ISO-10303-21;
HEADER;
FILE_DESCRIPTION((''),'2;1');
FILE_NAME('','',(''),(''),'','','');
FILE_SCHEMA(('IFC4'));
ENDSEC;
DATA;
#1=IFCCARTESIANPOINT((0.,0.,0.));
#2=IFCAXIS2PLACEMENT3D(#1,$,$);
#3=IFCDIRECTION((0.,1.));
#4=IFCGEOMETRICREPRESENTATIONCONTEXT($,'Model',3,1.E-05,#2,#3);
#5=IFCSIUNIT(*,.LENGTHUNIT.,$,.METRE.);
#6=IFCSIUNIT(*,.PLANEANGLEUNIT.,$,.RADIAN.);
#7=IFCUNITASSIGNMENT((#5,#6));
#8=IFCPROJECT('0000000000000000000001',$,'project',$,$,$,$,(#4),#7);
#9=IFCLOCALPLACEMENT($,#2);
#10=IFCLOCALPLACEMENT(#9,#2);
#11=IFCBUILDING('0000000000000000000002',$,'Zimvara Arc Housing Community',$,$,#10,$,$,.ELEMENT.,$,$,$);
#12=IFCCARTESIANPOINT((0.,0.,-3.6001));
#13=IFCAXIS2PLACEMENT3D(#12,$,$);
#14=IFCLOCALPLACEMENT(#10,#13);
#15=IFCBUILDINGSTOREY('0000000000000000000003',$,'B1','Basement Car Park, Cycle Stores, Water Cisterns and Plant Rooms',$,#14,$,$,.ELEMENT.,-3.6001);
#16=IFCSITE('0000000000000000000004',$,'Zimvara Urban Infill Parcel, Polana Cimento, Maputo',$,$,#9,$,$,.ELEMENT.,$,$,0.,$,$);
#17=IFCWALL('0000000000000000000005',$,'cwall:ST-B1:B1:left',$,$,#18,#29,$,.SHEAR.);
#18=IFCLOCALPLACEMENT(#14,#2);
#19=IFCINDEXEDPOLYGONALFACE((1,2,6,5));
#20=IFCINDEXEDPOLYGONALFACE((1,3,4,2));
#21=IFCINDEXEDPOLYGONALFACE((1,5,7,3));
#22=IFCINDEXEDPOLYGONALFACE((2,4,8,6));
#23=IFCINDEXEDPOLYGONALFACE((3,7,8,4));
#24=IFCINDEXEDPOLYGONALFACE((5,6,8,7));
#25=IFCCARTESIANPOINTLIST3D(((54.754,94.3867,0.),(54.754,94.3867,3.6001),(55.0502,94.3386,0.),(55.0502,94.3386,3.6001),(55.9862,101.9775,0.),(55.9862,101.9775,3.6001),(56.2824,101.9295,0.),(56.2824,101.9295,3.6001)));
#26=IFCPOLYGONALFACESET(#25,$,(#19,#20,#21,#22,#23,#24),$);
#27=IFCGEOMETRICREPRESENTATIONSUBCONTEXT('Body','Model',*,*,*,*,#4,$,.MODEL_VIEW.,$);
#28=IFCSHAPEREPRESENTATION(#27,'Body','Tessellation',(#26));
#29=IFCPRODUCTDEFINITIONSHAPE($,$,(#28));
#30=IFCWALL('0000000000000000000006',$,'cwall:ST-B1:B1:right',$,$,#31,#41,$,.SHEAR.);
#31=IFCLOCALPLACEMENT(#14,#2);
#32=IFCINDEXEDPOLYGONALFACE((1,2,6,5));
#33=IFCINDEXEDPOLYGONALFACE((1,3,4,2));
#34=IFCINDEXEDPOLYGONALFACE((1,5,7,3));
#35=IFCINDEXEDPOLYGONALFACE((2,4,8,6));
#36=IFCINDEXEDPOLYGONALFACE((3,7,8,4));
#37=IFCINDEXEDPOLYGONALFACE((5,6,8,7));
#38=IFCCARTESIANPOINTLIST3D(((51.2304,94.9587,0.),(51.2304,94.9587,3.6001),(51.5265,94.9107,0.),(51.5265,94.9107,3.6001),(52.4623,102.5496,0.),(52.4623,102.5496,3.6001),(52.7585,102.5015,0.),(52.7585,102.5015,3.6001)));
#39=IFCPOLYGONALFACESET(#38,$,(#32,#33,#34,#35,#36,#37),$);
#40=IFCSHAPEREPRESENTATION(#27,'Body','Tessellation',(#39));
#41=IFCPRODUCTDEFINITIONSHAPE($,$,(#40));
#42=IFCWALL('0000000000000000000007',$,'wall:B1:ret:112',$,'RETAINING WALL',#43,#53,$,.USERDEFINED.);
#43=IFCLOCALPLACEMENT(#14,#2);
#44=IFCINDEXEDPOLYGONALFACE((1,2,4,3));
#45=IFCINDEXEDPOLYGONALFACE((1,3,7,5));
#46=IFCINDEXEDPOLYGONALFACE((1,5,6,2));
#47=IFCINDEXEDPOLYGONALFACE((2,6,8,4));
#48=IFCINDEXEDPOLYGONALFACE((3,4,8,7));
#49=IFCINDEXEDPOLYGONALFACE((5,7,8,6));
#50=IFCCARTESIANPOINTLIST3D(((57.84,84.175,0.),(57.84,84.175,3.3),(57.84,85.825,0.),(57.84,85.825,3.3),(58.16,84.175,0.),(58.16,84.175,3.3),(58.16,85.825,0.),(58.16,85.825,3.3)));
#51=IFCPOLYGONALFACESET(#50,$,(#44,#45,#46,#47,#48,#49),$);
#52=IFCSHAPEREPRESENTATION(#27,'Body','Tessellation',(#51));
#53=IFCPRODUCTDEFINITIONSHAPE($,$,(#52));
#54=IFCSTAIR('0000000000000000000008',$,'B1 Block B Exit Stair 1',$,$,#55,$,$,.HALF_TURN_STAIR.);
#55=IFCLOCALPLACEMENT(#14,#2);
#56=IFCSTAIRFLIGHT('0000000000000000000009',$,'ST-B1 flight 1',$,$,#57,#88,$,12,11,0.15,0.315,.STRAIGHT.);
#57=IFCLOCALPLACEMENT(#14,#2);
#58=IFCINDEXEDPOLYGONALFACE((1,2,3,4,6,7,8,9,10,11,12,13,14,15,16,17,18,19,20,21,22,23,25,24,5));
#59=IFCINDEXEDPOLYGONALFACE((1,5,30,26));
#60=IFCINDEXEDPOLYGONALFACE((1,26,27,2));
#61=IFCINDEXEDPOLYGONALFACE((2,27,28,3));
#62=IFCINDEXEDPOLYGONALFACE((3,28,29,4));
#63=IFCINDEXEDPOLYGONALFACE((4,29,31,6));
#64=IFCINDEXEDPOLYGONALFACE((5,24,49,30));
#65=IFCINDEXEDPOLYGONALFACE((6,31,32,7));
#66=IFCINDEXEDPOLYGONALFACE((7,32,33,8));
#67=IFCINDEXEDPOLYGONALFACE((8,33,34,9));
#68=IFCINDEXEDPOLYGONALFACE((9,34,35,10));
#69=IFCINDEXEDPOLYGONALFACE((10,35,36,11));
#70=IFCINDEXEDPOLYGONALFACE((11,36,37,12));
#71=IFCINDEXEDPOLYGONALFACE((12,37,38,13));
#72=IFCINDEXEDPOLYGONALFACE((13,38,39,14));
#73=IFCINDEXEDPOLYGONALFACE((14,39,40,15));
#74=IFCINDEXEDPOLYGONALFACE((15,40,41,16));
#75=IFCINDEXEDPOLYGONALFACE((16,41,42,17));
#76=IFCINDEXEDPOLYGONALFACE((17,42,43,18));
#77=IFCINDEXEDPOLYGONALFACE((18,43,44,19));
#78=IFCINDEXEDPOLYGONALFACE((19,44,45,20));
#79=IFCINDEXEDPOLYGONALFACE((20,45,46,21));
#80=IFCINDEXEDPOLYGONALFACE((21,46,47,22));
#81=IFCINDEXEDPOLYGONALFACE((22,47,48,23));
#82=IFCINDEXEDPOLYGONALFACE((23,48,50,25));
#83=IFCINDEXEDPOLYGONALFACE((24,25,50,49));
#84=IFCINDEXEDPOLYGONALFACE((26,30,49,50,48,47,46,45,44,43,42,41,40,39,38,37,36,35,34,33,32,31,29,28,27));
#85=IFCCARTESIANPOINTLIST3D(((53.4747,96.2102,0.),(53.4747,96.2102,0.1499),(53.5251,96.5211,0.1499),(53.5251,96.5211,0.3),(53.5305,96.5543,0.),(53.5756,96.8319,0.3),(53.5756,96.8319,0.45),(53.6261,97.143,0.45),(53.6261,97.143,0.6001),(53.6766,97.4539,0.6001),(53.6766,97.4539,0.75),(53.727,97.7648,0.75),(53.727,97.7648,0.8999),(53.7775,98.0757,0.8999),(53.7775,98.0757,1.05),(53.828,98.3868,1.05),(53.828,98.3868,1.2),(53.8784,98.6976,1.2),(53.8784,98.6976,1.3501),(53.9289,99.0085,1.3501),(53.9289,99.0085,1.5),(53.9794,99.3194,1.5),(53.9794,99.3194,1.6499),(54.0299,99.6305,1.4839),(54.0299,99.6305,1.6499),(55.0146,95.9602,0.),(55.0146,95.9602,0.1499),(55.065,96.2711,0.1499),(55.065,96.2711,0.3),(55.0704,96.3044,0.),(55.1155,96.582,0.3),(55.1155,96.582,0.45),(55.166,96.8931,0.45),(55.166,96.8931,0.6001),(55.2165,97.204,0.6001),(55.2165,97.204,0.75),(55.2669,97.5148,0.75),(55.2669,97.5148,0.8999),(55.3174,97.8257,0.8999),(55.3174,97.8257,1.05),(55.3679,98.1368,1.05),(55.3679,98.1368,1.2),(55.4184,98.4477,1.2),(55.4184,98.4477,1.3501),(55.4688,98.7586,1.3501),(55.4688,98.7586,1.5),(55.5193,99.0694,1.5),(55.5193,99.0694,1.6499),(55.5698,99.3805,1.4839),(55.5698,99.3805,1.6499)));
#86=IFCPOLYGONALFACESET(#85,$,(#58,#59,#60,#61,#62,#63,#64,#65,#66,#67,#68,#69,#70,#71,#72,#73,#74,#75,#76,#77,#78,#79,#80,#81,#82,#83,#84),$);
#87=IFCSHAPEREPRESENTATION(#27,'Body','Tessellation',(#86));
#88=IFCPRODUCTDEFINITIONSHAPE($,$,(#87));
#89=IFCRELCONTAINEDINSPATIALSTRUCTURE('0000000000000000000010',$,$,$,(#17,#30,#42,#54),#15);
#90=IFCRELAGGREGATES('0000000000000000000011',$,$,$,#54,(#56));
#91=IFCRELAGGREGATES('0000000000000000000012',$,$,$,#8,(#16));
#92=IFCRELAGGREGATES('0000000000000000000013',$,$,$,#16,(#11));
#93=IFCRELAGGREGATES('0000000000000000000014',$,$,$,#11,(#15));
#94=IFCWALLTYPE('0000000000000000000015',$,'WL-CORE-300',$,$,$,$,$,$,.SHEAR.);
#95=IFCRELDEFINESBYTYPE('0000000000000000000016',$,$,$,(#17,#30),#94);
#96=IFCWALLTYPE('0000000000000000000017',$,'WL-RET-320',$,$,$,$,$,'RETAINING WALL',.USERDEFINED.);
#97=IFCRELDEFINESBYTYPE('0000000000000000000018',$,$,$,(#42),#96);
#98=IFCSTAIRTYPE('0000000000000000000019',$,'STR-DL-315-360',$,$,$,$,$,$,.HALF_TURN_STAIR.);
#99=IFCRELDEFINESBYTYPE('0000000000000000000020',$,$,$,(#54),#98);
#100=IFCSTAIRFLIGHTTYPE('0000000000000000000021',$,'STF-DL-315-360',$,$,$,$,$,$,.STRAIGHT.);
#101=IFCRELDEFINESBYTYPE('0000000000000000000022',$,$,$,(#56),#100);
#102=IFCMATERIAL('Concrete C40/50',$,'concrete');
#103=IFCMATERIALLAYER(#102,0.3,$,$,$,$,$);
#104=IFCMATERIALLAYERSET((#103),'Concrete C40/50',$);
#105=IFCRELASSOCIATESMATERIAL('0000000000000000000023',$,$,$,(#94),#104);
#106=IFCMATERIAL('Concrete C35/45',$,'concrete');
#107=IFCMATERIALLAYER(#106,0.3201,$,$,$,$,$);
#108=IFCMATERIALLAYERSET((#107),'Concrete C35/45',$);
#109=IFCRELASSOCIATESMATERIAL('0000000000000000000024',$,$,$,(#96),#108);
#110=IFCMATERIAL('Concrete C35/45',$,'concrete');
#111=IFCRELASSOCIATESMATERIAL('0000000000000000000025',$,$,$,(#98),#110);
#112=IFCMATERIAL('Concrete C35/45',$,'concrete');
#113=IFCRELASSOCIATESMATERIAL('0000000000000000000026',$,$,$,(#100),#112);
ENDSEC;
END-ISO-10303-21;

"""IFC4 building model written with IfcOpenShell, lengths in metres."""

from ifc_helpers import new_model, si_unit, direction, frame, frame_2d, origin, place, context, subcontext, project, spatial, polyline, rectangle, outline, extrude, material, layer, layer_set, type_object, element, aggregate, save


model = new_model("IFC4")

# Units and contexts
model_context = context("Model", 3, precision=1e-05, world=origin(), true_north=direction((0.0, 1.0)))
body_context = subcontext(model_context, "Body", "Model", "MODEL_VIEW")
ifc_project = project(units=[si_unit("LENGTHUNIT", "METRE"), si_unit("PLANEANGLEUNIT", "RADIAN")], contexts=[model_context])

# Site, building, storey
site_placement = place(None, origin())
site = spatial("IfcSite", under=ifc_project, at=site_placement, Name="Zimvara Urban Infill Parcel, Polana Cimento, Maputo", CompositionType="ELEMENT", RefElevation=0.0)
building_placement = place(site_placement, origin())
building = spatial("IfcBuilding", under=site, at=building_placement, Name="Zimvara Arc Housing Community", CompositionType="ELEMENT")
storey_placement = place(building_placement, frame((0.0, 0.0, -3.6001)))
storey = spatial("IfcBuildingStorey", under=building, at=storey_placement, Name="B1", Description="Basement Car Park, Cycle Stores, Water Cisterns and Plant Rooms", CompositionType="ELEMENT", Elevation=-3.6001)

# Shared definitions
ifc_material_1 = material(Name="Concrete C40/50", Category="concrete")
ifc_layer_1 = layer(ifc_material_1, 0.3)
ifc_layer_set_1 = layer_set([ifc_layer_1], Name="Concrete C40/50")
wall_type_1 = type_object("IfcWallType", Name="WL-CORE-300", PredefinedType="SHEAR", material=ifc_layer_set_1)

# Walls
for number, where, z_axis, x_axis, name in (
    (1, (54.9021, 94.3625, 0.0), (0.0, 0.0, 1.0), (0.160227, 0.98708, 0.0), "cwall:ST-B1:B1:left"),
    (2, (51.3784, 94.9346, 0.0), (0.0, 0.0, 1.0), (0.160197, 0.987085, 0.0), "cwall:ST-B1:B1:right"),
):
    element("IfcWall", number, at=place(storey_placement, frame(where, z_axis=z_axis, x_axis=x_axis)), inside=storey, type_object=wall_type_1, Name=name, PredefinedType="SHEAR", context=body_context, shape_type="SweptSolid", body=[
        extrude(rectangle(XDim=7.6902, YDim=0.3, at=frame_2d((3.8452, 0.0))), origin(), (0.0, 0.0, 1.0), 3.6001),
    ])
ifc_material_2 = material(Name="Concrete C35/45", Category="concrete")
ifc_layer_2 = layer(ifc_material_2, 0.3201)
ifc_layer_set_2 = layer_set([ifc_layer_2], Name="Concrete C35/45")
wall_type_2 = type_object("IfcWallType", Name="WL-RET-320", ElementType="RETAINING WALL", PredefinedType="USERDEFINED", material=ifc_layer_set_2)
wall_1_placement = place(storey_placement, frame((58.0, 85.825, 0.0), z_axis=(0.0, 0.0, 1.0), x_axis=(0.0, -1.0, 0.0)))
element("IfcWall", 3, at=wall_1_placement, inside=storey, type_object=wall_type_2, Name="wall:B1:ret:112", ObjectType="RETAINING WALL", PredefinedType="USERDEFINED", context=body_context, shape_type="SweptSolid", body=[
    extrude(rectangle(XDim=1.6499, YDim=0.3201, at=frame_2d((0.825, 0.0))), origin(), (0.0, 0.0, 1.0), 3.3),
])

# Stair, stair flight
ifc_material_3 = material(Name="Concrete C35/45", Category="concrete")
stair_type = type_object("IfcStairType", Name="STR-DL-315-360", PredefinedType="HALF_TURN_STAIR", material=ifc_material_3)
stair_placement = place(storey_placement, origin())
stair = element("IfcStair", 4, at=stair_placement, inside=storey, type_object=stair_type, Name="B1 Block B Exit Stair 1", PredefinedType="HALF_TURN_STAIR")
ifc_material_4 = material(Name="Concrete C35/45", Category="concrete")
stair_flight_type = type_object("IfcStairFlightType", Name="STF-DL-315-360", PredefinedType="STRAIGHT", material=ifc_material_4)
stair_flight_placement = place(storey_placement, frame((54.2446, 96.0852, 0.0), z_axis=(0.0, 0.0, 1.0), x_axis=(0.160226, 0.98708, 0.0)))
stair_flight = element("IfcStairFlight", 5, at=stair_flight_placement, type_object=stair_flight_type, Name="ST-B1 flight 1", NumberOfRisers=12, NumberOfTreads=11, PredefinedType="STRAIGHT", RiserHeight=0.15, TreadLength=0.315, context=body_context, shape_type="SweptSolid", body=[
    extrude(outline(polyline([(0.0, 0.0), (0.0, 0.1499), (0.3149, 0.1499), (0.3149, 0.3), (0.6299, 0.3), (0.6299, 0.45), (0.9451, 0.45), (0.9451, 0.6001), (1.26, 0.6001), (1.26, 0.75), (1.575, 0.75), (1.575, 0.8999), (1.8899, 0.8999), (1.8899, 1.05), (2.2051, 1.05), (2.2051, 1.2), (2.52, 1.2), (2.52, 1.3501), (2.835, 1.3501), (2.835, 1.5), (3.1499, 1.5), (3.1499, 1.6499), (3.4651, 1.6499), (3.4651, 1.8), (3.4651, 1.4839), (0.3486, 0.0), (0.0, 0.0)])), frame((0.0, 0.78, 0.0), z_axis=(0.0, -1.0, 0.0), x_axis=(1.0, 0.0, 0.0)), (0.0, 0.0, 1.0), 1.5601),
])
aggregate(stair, [stair_flight])

save(model, "model.ifc")
